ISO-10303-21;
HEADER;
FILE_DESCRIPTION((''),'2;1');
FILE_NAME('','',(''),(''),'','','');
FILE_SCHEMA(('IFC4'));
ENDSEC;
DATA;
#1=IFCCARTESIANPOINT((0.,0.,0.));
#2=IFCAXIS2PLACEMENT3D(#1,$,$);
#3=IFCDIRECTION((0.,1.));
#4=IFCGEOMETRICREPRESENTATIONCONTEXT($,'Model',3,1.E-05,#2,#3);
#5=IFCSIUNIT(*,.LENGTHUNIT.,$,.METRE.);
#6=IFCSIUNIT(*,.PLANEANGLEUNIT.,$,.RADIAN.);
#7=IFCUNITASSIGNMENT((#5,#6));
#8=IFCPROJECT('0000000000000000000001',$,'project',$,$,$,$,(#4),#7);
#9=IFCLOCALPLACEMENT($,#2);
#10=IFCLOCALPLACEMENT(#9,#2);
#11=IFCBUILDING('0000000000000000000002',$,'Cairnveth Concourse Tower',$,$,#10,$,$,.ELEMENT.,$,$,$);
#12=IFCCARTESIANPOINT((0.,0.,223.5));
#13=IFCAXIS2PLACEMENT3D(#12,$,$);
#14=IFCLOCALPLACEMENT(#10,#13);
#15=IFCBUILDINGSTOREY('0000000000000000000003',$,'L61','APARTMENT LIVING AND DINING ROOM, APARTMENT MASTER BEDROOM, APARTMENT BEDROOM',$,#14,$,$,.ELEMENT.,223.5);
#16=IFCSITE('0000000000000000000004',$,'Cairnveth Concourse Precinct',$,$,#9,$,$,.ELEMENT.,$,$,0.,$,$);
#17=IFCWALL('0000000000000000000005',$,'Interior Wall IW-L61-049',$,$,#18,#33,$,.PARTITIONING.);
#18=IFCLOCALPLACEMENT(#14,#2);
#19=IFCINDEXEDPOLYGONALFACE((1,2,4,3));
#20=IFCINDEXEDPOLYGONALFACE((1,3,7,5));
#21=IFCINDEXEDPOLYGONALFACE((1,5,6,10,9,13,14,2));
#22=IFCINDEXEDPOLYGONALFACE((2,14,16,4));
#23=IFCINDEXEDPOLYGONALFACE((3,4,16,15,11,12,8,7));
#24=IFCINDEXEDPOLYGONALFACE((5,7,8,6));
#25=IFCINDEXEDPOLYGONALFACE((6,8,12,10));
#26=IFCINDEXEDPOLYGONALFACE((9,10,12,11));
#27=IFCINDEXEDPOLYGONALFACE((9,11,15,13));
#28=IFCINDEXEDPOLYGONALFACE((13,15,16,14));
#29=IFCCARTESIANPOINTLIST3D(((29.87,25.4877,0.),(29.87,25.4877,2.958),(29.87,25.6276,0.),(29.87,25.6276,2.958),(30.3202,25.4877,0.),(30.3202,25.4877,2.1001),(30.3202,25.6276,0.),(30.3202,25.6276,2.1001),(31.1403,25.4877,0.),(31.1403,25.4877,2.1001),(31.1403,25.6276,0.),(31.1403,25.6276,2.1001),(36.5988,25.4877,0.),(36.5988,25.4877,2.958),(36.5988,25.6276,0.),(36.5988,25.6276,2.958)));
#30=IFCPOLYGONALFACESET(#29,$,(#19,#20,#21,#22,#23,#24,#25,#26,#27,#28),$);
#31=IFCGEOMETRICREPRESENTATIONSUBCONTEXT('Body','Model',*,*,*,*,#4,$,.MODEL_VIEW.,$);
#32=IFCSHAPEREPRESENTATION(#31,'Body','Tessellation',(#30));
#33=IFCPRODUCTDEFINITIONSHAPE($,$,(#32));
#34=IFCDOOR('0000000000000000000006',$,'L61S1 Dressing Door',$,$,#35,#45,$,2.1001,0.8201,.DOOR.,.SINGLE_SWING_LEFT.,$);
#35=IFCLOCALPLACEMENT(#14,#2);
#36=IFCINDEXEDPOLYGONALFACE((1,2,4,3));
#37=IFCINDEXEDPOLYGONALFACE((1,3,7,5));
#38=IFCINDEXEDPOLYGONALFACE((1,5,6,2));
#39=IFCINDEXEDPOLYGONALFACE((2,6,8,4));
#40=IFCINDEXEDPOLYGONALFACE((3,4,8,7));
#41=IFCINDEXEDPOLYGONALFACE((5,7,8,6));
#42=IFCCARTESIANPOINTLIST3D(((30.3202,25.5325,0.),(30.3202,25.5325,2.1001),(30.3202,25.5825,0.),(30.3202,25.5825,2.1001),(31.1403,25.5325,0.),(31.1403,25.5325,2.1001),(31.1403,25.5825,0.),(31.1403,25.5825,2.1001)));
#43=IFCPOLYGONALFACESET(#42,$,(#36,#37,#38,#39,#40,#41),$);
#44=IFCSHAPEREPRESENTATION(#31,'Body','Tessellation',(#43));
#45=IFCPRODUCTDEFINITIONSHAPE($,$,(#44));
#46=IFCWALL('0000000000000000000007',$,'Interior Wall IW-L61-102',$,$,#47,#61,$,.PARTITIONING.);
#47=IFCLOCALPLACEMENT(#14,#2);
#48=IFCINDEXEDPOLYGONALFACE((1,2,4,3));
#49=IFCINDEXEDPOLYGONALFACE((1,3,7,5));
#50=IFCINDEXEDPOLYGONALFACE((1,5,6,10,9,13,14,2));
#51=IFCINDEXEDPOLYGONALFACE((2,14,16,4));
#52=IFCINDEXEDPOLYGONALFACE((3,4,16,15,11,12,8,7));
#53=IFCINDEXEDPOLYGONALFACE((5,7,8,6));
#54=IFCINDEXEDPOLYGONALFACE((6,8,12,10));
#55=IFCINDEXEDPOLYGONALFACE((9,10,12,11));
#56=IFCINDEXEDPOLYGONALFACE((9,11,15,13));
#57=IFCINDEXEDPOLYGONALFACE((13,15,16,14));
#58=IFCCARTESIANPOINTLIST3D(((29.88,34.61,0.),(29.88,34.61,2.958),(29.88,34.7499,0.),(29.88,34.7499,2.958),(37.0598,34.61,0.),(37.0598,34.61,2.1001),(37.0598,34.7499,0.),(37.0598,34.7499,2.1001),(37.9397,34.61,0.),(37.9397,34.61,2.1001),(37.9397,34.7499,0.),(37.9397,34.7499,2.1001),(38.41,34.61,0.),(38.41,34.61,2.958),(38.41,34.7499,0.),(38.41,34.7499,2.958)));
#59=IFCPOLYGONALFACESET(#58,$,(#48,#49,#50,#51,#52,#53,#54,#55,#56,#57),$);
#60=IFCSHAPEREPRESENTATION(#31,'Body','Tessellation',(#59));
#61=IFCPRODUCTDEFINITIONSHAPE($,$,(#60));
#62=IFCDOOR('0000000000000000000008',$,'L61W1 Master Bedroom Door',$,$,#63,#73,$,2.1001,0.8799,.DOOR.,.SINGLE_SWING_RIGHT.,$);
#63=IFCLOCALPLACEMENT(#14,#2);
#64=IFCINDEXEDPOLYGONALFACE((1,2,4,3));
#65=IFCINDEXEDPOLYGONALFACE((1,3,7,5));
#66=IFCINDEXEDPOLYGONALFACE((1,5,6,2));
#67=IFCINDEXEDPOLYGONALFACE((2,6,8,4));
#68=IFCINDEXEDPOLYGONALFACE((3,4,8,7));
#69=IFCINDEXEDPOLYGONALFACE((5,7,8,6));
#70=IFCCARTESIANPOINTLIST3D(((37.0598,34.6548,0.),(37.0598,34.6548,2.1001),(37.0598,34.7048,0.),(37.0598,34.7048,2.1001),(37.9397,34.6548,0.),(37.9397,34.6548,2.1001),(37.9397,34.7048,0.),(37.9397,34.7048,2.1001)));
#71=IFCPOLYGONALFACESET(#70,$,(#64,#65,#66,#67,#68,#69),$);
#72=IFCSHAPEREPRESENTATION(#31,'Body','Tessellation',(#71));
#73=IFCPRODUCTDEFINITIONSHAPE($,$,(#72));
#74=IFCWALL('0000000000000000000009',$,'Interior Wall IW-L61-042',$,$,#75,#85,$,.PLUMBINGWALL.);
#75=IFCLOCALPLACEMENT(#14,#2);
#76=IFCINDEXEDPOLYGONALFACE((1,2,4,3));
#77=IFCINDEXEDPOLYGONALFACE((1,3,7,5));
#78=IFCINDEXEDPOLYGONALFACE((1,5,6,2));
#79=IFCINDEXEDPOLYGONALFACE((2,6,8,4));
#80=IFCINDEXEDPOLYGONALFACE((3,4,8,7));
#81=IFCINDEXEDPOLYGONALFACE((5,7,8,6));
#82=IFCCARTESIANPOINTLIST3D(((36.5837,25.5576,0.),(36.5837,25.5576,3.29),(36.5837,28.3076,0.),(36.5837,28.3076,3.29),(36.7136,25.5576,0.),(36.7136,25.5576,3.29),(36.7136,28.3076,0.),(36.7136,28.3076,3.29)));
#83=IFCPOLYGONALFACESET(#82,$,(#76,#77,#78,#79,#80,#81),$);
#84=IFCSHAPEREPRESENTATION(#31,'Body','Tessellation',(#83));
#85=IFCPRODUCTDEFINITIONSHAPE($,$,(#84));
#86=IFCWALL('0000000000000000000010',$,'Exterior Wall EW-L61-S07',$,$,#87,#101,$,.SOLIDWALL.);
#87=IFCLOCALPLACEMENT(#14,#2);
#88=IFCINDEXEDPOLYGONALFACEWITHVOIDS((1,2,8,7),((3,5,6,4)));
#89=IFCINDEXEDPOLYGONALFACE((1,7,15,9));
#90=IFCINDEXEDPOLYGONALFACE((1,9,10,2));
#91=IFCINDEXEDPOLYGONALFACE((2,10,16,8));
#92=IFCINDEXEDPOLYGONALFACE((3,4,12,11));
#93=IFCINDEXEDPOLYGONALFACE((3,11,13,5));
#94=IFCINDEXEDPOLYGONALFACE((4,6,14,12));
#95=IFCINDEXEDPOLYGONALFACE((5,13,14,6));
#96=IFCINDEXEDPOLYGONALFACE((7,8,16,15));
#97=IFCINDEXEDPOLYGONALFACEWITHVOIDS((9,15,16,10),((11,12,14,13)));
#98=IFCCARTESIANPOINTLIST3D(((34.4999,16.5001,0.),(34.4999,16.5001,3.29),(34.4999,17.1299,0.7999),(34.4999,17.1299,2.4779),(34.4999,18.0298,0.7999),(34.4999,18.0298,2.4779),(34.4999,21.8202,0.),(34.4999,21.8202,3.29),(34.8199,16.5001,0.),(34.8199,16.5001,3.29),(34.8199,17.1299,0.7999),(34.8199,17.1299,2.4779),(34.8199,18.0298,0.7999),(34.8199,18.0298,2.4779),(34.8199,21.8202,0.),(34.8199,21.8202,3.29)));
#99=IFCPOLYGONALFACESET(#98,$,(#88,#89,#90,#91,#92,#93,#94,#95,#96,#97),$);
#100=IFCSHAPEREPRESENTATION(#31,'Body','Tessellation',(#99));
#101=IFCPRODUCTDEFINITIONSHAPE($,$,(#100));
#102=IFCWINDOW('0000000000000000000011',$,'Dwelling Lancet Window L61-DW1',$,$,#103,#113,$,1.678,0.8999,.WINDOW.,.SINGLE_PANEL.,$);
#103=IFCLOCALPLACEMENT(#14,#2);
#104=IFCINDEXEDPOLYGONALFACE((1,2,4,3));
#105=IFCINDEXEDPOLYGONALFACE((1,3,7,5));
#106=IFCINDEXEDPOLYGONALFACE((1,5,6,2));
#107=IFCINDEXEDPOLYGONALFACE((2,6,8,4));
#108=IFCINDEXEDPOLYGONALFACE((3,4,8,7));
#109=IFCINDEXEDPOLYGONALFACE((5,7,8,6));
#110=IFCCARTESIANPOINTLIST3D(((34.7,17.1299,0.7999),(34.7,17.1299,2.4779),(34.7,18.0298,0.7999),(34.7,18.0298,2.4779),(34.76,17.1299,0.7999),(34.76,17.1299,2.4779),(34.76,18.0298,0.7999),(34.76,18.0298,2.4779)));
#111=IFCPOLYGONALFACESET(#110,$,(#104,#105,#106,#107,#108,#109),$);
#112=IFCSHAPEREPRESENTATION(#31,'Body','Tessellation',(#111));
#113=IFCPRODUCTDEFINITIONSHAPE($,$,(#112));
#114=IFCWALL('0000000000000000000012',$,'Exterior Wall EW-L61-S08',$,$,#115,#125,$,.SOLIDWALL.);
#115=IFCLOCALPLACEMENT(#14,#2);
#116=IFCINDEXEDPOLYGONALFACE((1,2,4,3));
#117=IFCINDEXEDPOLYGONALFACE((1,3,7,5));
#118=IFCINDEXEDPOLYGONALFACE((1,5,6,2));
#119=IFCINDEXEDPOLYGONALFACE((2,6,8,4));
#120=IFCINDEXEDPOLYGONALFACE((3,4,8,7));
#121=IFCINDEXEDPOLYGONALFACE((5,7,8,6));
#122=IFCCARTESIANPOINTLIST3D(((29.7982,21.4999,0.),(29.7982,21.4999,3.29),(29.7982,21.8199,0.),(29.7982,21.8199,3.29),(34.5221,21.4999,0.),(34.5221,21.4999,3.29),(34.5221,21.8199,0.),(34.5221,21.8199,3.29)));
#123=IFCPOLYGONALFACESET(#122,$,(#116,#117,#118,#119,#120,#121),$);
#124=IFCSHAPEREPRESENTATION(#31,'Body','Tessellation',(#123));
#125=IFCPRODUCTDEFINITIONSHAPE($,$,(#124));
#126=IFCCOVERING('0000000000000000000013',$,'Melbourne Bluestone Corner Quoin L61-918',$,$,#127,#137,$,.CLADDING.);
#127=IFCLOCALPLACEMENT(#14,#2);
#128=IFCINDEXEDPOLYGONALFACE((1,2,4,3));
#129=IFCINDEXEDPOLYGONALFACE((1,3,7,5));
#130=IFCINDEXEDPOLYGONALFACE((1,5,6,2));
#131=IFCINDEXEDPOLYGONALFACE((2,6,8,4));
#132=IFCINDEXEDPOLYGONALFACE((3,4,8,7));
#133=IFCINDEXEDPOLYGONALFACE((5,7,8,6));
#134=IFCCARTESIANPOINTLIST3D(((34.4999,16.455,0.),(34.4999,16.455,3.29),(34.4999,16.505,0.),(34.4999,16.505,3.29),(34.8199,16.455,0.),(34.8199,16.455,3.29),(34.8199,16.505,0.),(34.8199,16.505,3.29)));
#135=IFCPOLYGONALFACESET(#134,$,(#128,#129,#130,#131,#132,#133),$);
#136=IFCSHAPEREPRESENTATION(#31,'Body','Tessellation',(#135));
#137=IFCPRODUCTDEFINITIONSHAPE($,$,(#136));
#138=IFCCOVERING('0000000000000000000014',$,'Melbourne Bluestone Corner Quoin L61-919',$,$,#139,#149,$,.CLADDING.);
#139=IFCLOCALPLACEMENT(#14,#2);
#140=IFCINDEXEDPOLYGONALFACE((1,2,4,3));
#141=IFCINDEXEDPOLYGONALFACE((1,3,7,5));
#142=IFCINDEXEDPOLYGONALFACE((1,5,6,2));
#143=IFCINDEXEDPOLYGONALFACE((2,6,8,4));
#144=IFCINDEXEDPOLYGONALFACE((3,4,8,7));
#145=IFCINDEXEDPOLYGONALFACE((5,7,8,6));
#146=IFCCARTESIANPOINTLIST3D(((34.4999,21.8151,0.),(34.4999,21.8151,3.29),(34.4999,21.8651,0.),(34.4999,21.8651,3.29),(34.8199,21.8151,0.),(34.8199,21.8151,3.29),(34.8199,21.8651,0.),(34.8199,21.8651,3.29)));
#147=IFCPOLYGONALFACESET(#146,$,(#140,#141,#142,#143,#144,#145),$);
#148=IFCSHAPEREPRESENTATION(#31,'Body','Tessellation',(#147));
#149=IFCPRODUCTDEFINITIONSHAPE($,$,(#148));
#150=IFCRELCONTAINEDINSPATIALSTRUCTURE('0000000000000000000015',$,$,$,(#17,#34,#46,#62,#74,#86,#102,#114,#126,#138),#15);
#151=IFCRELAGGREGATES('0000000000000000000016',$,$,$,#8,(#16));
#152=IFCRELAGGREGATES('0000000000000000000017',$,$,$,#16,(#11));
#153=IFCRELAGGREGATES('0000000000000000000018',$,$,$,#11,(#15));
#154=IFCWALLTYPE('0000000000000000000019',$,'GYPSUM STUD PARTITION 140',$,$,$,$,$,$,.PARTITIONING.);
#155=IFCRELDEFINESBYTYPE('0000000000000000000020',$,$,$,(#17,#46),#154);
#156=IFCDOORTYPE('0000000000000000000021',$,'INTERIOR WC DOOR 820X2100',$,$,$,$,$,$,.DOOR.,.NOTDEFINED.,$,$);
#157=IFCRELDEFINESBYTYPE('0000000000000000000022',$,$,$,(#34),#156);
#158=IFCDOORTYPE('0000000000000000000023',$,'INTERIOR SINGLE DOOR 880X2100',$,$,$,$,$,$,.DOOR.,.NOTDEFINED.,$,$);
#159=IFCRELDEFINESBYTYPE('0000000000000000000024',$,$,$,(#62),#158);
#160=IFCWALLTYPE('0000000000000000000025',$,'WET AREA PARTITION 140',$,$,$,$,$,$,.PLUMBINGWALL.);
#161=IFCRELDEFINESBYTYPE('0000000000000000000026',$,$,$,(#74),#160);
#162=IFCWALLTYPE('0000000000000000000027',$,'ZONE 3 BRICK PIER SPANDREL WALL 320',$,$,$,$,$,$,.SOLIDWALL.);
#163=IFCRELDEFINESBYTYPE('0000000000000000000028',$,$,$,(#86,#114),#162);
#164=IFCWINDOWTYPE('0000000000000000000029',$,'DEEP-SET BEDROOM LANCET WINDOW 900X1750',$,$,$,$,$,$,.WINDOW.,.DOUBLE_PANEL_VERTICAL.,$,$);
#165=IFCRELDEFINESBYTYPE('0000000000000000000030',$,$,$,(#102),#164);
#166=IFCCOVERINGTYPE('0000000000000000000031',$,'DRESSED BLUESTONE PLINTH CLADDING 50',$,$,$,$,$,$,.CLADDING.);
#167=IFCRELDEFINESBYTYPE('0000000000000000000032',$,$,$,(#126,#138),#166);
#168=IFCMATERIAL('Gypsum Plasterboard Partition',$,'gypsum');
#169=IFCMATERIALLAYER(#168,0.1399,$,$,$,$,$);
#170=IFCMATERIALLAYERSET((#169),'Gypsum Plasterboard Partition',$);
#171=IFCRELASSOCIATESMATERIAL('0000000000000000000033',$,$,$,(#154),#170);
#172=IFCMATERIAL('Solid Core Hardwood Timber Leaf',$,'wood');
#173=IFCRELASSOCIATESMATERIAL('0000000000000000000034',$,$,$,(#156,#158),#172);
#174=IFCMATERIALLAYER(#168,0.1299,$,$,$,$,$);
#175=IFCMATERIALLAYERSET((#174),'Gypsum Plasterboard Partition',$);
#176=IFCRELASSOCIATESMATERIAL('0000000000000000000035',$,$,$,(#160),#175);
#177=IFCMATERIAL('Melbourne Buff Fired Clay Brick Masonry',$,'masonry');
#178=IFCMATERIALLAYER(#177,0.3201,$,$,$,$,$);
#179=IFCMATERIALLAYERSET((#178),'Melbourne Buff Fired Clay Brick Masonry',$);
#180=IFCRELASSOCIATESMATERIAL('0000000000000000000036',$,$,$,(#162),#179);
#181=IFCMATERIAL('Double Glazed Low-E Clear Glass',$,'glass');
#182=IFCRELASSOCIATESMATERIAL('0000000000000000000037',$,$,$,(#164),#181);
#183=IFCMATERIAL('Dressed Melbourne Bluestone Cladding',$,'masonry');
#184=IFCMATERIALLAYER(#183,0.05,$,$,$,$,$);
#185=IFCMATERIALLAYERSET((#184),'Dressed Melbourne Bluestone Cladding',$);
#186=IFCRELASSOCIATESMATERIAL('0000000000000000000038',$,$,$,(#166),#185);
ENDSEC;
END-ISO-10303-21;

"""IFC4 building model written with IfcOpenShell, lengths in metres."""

from ifc_helpers import new_model, si_unit, direction, frame, frame_2d, origin, place, context, subcontext, project, spatial, rectangle, extrude, material, layer, layer_set, type_object, element, fill, save


model = new_model("IFC4")

# Units and contexts
model_context = context("Model", 3, precision=1e-05, world=origin(), true_north=direction((0.0, 1.0)))
body_context = subcontext(model_context, "Body", "Model", "MODEL_VIEW")
ifc_project = project(units=[si_unit("LENGTHUNIT", "METRE"), si_unit("PLANEANGLEUNIT", "RADIAN")], contexts=[model_context])

# Site, building, storey
site_placement = place(None, origin())
site = spatial("IfcSite", under=ifc_project, at=site_placement, Name="Cairnveth Concourse Precinct", CompositionType="ELEMENT", RefElevation=0.0)
building_placement = place(site_placement, origin())
building = spatial("IfcBuilding", under=site, at=building_placement, Name="Cairnveth Concourse Tower", CompositionType="ELEMENT")
storey_placement = place(building_placement, frame((0.0, 0.0, 223.5)))
storey = spatial("IfcBuildingStorey", under=building, at=storey_placement, Name="L61", Description="APARTMENT LIVING AND DINING ROOM, APARTMENT MASTER BEDROOM, APARTMENT BEDROOM", CompositionType="ELEMENT", Elevation=223.5)

# Walls, openings, doors
ifc_material_1 = material(Name="Gypsum Plasterboard Partition", Category="gypsum")
ifc_layer_1 = layer(ifc_material_1, 0.1399)
ifc_layer_set_1 = layer_set([ifc_layer_1], Name="Gypsum Plasterboard Partition")
wall_type_1 = type_object("IfcWallType", Name="GYPSUM STUD PARTITION 140", PredefinedType="PARTITIONING", material=ifc_layer_set_1)
wall_1_placement = place(storey_placement, frame((29.8701, 25.5576, 0.0), z_axis=(0.0, 0.0, 1.0), x_axis=(1.0, 0.0, 0.0)))
wall_1 = element("IfcWall", 1, at=wall_1_placement, inside=storey, type_object=wall_type_1, Name="Interior Wall IW-L61-049", PredefinedType="PARTITIONING", context=body_context, shape_type="SweptSolid", body=[
    extrude(rectangle(XDim=6.7288, YDim=0.1399, at=frame_2d((3.3643, 0.0))), origin(), (0.0, 0.0, 1.0), 2.958),
])
opening_1_placement = place(wall_1_placement, frame((0.45, 0.0, 0.0)))
opening_1 = element("IfcOpeningElement", 2, at=opening_1_placement, cuts=wall_1, PredefinedType="OPENING", context=body_context, shape_type="SweptSolid", body=[
    extrude(rectangle(XDim=0.8201, YDim=2.1001, at=frame_2d((0.4102, 1.05))), frame((0.0, 0.0798, 0.0), z_axis=(0.0, -1.0, 0.0), x_axis=(1.0, 0.0, 0.0)), (0.0, 0.0, 1.0), 0.1599),
])
ifc_material_2 = material(Name="Solid Core Hardwood Timber Leaf", Category="wood")
door_type_1 = type_object("IfcDoorType", Name="INTERIOR WC DOOR 820X2100", OperationType="NOTDEFINED", PredefinedType="DOOR", material=ifc_material_2)
door_1_placement = place(opening_1_placement, origin())
door_1 = element("IfcDoor", 3, at=door_1_placement, inside=storey, type_object=door_type_1, Name="L61S1 Dressing Door", OperationType="SINGLE_SWING_LEFT", OverallHeight=2.1001, OverallWidth=0.8201, PredefinedType="DOOR", context=body_context, shape_type="SweptSolid", body=[
    extrude(rectangle(XDim=0.8201, YDim=2.1001, at=frame_2d((0.4102, 1.05))), frame((0.0, 0.0249, 0.0), z_axis=(0.0, -1.0, 0.0), x_axis=(1.0, 0.0, 0.0)), (0.0, 0.0, 1.0), 0.05),
])
fill(opening_1, door_1)
wall_2_placement = place(storey_placement, frame((29.8799, 34.6799, 0.0), z_axis=(0.0, 0.0, 1.0), x_axis=(1.0, 0.0, 0.0)))
wall_2 = element("IfcWall", 4, at=wall_2_placement, inside=storey, type_object=wall_type_1, Name="Interior Wall IW-L61-102", PredefinedType="PARTITIONING", context=body_context, shape_type="SweptSolid", body=[
    extrude(rectangle(XDim=8.53, YDim=0.1399, at=frame_2d((4.2651, 0.0))), origin(), (0.0, 0.0, 1.0), 2.958),
])
opening_2_placement = place(wall_2_placement, frame((7.1799, 0.0, 0.0)))
opening_2 = element("IfcOpeningElement", 5, at=opening_2_placement, cuts=wall_2, PredefinedType="OPENING", context=body_context, shape_type="SweptSolid", body=[
    extrude(rectangle(XDim=0.8799, YDim=2.1001, at=frame_2d((0.4399, 1.05))), frame((0.0, 0.0798, 0.0), z_axis=(0.0, -1.0, 0.0), x_axis=(1.0, 0.0, 0.0)), (0.0, 0.0, 1.0), 0.1599),
])
door_type_2 = type_object("IfcDoorType", Name="INTERIOR SINGLE DOOR 880X2100", OperationType="NOTDEFINED", PredefinedType="DOOR", material=ifc_material_2)
door_2_placement = place(opening_2_placement, origin())
door_2 = element("IfcDoor", 6, at=door_2_placement, inside=storey, type_object=door_type_2, Name="L61W1 Master Bedroom Door", OperationType="SINGLE_SWING_RIGHT", OverallHeight=2.1001, OverallWidth=0.8799, PredefinedType="DOOR", context=body_context, shape_type="SweptSolid", body=[
    extrude(rectangle(XDim=0.8799, YDim=2.1001, at=frame_2d((0.4399, 1.05))), frame((0.0, 0.0249, 0.0), z_axis=(0.0, -1.0, 0.0), x_axis=(1.0, 0.0, 0.0)), (0.0, 0.0, 1.0), 0.05),
])
fill(opening_2, door_2)

# Wall
ifc_layer_2 = layer(ifc_material_1, 0.1299)
ifc_layer_set_2 = layer_set([ifc_layer_2], Name="Gypsum Plasterboard Partition")
wall_type_2 = type_object("IfcWallType", Name="WET AREA PARTITION 140", PredefinedType="PLUMBINGWALL", material=ifc_layer_set_2)
wall_3_placement = place(storey_placement, frame((36.6487, 25.5576, 0.0), z_axis=(0.0, 0.0, 1.0), x_axis=(0.0, 1.0, 0.0)))
element("IfcWall", 7, at=wall_3_placement, inside=storey, type_object=wall_type_2, Name="Interior Wall IW-L61-042", PredefinedType="PLUMBINGWALL", context=body_context, shape_type="SweptSolid", body=[
    extrude(rectangle(XDim=2.75, YDim=0.1299, at=frame_2d((1.375, 0.0))), origin(), (0.0, 0.0, 1.0), 3.29),
])

# Wall, opening, window
ifc_material_3 = material(Name="Melbourne Buff Fired Clay Brick Masonry", Category="masonry")
ifc_layer_3 = layer(ifc_material_3, 0.3201)
ifc_layer_set_3 = layer_set([ifc_layer_3], Name="Melbourne Buff Fired Clay Brick Masonry")
wall_type_3 = type_object("IfcWallType", Name="ZONE 3 BRICK PIER SPANDREL WALL 320", PredefinedType="SOLIDWALL", material=ifc_layer_set_3)
wall_4_placement = place(storey_placement, frame((34.6599, 16.5, 0.0), z_axis=(0.0, 0.0, 1.0), x_axis=(0.0, 1.0, 0.0)))
wall_4 = element("IfcWall", 8, at=wall_4_placement, inside=storey, type_object=wall_type_3, Name="Exterior Wall EW-L61-S07", PredefinedType="SOLIDWALL", context=body_context, shape_type="SweptSolid", body=[
    extrude(rectangle(XDim=5.3201, YDim=0.3201, at=frame_2d((2.6602, 0.0))), origin(), (0.0, 0.0, 1.0), 3.29),
])
opening_3_placement = place(wall_4_placement, frame((0.6299, 0.0, 0.8)))
opening_3 = element("IfcOpeningElement", 9, at=opening_3_placement, cuts=wall_4, PredefinedType="OPENING", context=body_context, shape_type="SweptSolid", body=[
    extrude(rectangle(XDim=0.8999, YDim=1.678, at=frame_2d((0.45, 0.8389))), frame((0.0, 0.1699, 0.0), z_axis=(0.0, -1.0, 0.0), x_axis=(1.0, 0.0, 0.0)), (0.0, 0.0, 1.0), 0.3401),
])
ifc_material_4 = material(Name="Double Glazed Low-E Clear Glass", Category="glass")
window_type = type_object("IfcWindowType", Name="DEEP-SET BEDROOM LANCET WINDOW 900X1750", PartitioningType="DOUBLE_PANEL_VERTICAL", PredefinedType="WINDOW", material=ifc_material_4)
window_placement = place(opening_3_placement, origin())
window = element("IfcWindow", 10, at=window_placement, inside=storey, type_object=window_type, Name="Dwelling Lancet Window L61-DW1", OverallHeight=1.678, OverallWidth=0.8999, PartitioningType="SINGLE_PANEL", PredefinedType="WINDOW", context=body_context, shape_type="SweptSolid", body=[
    extrude(rectangle(XDim=0.8999, YDim=1.678, at=frame_2d((0.45, 0.8389))), frame((0.0, -0.04, 0.0), z_axis=(0.0, -1.0, 0.0), x_axis=(1.0, 0.0, 0.0)), (0.0, 0.0, 1.0), 0.0601),
])
fill(opening_3, window)

# Wall
wall_5_placement = place(storey_placement, frame((34.522, 21.6599, 0.0), z_axis=(0.0, 0.0, 1.0), x_axis=(-1.0, 0.0, 0.0)))
element("IfcWall", 11, at=wall_5_placement, inside=storey, type_object=wall_type_3, Name="Exterior Wall EW-L61-S08", PredefinedType="SOLIDWALL", context=body_context, shape_type="SweptSolid", body=[
    extrude(rectangle(XDim=4.7239, YDim=0.3201, at=frame_2d((2.3618, 0.0))), origin(), (0.0, 0.0, 1.0), 3.29),
])

# Coverings
ifc_material_5 = material(Name="Dressed Melbourne Bluestone Cladding", Category="masonry")
ifc_layer_4 = layer(ifc_material_5, 0.05)
ifc_layer_set_4 = layer_set([ifc_layer_4], Name="Dressed Melbourne Bluestone Cladding")
covering_type = type_object("IfcCoveringType", Name="DRESSED BLUESTONE PLINTH CLADDING 50", PredefinedType="CLADDING", material=ifc_layer_set_4)
for number, where, z_axis, x_axis, name in (
    (12, (34.8201, 16.48, 0.0), (0.0, 0.0, 1.0), (-1.0, 0.0, 0.0), "Melbourne Bluestone Corner Quoin L61-918"),
    (13, (34.8201, 21.8401, 0.0), (0.0, 0.0, 1.0), (-1.0, 0.0, 0.0), "Melbourne Bluestone Corner Quoin L61-919"),
):
    element("IfcCovering", number, at=place(storey_placement, frame(where, z_axis=z_axis, x_axis=x_axis)), inside=storey, type_object=covering_type, Name=name, PredefinedType="CLADDING", context=body_context, shape_type="SweptSolid", body=[
        extrude(rectangle(XDim=0.3201, YDim=0.05, at=frame_2d((0.1602, 0.0))), origin(), (0.0, 0.0, 1.0), 3.29),
    ])

save(model, "model.ifc")
